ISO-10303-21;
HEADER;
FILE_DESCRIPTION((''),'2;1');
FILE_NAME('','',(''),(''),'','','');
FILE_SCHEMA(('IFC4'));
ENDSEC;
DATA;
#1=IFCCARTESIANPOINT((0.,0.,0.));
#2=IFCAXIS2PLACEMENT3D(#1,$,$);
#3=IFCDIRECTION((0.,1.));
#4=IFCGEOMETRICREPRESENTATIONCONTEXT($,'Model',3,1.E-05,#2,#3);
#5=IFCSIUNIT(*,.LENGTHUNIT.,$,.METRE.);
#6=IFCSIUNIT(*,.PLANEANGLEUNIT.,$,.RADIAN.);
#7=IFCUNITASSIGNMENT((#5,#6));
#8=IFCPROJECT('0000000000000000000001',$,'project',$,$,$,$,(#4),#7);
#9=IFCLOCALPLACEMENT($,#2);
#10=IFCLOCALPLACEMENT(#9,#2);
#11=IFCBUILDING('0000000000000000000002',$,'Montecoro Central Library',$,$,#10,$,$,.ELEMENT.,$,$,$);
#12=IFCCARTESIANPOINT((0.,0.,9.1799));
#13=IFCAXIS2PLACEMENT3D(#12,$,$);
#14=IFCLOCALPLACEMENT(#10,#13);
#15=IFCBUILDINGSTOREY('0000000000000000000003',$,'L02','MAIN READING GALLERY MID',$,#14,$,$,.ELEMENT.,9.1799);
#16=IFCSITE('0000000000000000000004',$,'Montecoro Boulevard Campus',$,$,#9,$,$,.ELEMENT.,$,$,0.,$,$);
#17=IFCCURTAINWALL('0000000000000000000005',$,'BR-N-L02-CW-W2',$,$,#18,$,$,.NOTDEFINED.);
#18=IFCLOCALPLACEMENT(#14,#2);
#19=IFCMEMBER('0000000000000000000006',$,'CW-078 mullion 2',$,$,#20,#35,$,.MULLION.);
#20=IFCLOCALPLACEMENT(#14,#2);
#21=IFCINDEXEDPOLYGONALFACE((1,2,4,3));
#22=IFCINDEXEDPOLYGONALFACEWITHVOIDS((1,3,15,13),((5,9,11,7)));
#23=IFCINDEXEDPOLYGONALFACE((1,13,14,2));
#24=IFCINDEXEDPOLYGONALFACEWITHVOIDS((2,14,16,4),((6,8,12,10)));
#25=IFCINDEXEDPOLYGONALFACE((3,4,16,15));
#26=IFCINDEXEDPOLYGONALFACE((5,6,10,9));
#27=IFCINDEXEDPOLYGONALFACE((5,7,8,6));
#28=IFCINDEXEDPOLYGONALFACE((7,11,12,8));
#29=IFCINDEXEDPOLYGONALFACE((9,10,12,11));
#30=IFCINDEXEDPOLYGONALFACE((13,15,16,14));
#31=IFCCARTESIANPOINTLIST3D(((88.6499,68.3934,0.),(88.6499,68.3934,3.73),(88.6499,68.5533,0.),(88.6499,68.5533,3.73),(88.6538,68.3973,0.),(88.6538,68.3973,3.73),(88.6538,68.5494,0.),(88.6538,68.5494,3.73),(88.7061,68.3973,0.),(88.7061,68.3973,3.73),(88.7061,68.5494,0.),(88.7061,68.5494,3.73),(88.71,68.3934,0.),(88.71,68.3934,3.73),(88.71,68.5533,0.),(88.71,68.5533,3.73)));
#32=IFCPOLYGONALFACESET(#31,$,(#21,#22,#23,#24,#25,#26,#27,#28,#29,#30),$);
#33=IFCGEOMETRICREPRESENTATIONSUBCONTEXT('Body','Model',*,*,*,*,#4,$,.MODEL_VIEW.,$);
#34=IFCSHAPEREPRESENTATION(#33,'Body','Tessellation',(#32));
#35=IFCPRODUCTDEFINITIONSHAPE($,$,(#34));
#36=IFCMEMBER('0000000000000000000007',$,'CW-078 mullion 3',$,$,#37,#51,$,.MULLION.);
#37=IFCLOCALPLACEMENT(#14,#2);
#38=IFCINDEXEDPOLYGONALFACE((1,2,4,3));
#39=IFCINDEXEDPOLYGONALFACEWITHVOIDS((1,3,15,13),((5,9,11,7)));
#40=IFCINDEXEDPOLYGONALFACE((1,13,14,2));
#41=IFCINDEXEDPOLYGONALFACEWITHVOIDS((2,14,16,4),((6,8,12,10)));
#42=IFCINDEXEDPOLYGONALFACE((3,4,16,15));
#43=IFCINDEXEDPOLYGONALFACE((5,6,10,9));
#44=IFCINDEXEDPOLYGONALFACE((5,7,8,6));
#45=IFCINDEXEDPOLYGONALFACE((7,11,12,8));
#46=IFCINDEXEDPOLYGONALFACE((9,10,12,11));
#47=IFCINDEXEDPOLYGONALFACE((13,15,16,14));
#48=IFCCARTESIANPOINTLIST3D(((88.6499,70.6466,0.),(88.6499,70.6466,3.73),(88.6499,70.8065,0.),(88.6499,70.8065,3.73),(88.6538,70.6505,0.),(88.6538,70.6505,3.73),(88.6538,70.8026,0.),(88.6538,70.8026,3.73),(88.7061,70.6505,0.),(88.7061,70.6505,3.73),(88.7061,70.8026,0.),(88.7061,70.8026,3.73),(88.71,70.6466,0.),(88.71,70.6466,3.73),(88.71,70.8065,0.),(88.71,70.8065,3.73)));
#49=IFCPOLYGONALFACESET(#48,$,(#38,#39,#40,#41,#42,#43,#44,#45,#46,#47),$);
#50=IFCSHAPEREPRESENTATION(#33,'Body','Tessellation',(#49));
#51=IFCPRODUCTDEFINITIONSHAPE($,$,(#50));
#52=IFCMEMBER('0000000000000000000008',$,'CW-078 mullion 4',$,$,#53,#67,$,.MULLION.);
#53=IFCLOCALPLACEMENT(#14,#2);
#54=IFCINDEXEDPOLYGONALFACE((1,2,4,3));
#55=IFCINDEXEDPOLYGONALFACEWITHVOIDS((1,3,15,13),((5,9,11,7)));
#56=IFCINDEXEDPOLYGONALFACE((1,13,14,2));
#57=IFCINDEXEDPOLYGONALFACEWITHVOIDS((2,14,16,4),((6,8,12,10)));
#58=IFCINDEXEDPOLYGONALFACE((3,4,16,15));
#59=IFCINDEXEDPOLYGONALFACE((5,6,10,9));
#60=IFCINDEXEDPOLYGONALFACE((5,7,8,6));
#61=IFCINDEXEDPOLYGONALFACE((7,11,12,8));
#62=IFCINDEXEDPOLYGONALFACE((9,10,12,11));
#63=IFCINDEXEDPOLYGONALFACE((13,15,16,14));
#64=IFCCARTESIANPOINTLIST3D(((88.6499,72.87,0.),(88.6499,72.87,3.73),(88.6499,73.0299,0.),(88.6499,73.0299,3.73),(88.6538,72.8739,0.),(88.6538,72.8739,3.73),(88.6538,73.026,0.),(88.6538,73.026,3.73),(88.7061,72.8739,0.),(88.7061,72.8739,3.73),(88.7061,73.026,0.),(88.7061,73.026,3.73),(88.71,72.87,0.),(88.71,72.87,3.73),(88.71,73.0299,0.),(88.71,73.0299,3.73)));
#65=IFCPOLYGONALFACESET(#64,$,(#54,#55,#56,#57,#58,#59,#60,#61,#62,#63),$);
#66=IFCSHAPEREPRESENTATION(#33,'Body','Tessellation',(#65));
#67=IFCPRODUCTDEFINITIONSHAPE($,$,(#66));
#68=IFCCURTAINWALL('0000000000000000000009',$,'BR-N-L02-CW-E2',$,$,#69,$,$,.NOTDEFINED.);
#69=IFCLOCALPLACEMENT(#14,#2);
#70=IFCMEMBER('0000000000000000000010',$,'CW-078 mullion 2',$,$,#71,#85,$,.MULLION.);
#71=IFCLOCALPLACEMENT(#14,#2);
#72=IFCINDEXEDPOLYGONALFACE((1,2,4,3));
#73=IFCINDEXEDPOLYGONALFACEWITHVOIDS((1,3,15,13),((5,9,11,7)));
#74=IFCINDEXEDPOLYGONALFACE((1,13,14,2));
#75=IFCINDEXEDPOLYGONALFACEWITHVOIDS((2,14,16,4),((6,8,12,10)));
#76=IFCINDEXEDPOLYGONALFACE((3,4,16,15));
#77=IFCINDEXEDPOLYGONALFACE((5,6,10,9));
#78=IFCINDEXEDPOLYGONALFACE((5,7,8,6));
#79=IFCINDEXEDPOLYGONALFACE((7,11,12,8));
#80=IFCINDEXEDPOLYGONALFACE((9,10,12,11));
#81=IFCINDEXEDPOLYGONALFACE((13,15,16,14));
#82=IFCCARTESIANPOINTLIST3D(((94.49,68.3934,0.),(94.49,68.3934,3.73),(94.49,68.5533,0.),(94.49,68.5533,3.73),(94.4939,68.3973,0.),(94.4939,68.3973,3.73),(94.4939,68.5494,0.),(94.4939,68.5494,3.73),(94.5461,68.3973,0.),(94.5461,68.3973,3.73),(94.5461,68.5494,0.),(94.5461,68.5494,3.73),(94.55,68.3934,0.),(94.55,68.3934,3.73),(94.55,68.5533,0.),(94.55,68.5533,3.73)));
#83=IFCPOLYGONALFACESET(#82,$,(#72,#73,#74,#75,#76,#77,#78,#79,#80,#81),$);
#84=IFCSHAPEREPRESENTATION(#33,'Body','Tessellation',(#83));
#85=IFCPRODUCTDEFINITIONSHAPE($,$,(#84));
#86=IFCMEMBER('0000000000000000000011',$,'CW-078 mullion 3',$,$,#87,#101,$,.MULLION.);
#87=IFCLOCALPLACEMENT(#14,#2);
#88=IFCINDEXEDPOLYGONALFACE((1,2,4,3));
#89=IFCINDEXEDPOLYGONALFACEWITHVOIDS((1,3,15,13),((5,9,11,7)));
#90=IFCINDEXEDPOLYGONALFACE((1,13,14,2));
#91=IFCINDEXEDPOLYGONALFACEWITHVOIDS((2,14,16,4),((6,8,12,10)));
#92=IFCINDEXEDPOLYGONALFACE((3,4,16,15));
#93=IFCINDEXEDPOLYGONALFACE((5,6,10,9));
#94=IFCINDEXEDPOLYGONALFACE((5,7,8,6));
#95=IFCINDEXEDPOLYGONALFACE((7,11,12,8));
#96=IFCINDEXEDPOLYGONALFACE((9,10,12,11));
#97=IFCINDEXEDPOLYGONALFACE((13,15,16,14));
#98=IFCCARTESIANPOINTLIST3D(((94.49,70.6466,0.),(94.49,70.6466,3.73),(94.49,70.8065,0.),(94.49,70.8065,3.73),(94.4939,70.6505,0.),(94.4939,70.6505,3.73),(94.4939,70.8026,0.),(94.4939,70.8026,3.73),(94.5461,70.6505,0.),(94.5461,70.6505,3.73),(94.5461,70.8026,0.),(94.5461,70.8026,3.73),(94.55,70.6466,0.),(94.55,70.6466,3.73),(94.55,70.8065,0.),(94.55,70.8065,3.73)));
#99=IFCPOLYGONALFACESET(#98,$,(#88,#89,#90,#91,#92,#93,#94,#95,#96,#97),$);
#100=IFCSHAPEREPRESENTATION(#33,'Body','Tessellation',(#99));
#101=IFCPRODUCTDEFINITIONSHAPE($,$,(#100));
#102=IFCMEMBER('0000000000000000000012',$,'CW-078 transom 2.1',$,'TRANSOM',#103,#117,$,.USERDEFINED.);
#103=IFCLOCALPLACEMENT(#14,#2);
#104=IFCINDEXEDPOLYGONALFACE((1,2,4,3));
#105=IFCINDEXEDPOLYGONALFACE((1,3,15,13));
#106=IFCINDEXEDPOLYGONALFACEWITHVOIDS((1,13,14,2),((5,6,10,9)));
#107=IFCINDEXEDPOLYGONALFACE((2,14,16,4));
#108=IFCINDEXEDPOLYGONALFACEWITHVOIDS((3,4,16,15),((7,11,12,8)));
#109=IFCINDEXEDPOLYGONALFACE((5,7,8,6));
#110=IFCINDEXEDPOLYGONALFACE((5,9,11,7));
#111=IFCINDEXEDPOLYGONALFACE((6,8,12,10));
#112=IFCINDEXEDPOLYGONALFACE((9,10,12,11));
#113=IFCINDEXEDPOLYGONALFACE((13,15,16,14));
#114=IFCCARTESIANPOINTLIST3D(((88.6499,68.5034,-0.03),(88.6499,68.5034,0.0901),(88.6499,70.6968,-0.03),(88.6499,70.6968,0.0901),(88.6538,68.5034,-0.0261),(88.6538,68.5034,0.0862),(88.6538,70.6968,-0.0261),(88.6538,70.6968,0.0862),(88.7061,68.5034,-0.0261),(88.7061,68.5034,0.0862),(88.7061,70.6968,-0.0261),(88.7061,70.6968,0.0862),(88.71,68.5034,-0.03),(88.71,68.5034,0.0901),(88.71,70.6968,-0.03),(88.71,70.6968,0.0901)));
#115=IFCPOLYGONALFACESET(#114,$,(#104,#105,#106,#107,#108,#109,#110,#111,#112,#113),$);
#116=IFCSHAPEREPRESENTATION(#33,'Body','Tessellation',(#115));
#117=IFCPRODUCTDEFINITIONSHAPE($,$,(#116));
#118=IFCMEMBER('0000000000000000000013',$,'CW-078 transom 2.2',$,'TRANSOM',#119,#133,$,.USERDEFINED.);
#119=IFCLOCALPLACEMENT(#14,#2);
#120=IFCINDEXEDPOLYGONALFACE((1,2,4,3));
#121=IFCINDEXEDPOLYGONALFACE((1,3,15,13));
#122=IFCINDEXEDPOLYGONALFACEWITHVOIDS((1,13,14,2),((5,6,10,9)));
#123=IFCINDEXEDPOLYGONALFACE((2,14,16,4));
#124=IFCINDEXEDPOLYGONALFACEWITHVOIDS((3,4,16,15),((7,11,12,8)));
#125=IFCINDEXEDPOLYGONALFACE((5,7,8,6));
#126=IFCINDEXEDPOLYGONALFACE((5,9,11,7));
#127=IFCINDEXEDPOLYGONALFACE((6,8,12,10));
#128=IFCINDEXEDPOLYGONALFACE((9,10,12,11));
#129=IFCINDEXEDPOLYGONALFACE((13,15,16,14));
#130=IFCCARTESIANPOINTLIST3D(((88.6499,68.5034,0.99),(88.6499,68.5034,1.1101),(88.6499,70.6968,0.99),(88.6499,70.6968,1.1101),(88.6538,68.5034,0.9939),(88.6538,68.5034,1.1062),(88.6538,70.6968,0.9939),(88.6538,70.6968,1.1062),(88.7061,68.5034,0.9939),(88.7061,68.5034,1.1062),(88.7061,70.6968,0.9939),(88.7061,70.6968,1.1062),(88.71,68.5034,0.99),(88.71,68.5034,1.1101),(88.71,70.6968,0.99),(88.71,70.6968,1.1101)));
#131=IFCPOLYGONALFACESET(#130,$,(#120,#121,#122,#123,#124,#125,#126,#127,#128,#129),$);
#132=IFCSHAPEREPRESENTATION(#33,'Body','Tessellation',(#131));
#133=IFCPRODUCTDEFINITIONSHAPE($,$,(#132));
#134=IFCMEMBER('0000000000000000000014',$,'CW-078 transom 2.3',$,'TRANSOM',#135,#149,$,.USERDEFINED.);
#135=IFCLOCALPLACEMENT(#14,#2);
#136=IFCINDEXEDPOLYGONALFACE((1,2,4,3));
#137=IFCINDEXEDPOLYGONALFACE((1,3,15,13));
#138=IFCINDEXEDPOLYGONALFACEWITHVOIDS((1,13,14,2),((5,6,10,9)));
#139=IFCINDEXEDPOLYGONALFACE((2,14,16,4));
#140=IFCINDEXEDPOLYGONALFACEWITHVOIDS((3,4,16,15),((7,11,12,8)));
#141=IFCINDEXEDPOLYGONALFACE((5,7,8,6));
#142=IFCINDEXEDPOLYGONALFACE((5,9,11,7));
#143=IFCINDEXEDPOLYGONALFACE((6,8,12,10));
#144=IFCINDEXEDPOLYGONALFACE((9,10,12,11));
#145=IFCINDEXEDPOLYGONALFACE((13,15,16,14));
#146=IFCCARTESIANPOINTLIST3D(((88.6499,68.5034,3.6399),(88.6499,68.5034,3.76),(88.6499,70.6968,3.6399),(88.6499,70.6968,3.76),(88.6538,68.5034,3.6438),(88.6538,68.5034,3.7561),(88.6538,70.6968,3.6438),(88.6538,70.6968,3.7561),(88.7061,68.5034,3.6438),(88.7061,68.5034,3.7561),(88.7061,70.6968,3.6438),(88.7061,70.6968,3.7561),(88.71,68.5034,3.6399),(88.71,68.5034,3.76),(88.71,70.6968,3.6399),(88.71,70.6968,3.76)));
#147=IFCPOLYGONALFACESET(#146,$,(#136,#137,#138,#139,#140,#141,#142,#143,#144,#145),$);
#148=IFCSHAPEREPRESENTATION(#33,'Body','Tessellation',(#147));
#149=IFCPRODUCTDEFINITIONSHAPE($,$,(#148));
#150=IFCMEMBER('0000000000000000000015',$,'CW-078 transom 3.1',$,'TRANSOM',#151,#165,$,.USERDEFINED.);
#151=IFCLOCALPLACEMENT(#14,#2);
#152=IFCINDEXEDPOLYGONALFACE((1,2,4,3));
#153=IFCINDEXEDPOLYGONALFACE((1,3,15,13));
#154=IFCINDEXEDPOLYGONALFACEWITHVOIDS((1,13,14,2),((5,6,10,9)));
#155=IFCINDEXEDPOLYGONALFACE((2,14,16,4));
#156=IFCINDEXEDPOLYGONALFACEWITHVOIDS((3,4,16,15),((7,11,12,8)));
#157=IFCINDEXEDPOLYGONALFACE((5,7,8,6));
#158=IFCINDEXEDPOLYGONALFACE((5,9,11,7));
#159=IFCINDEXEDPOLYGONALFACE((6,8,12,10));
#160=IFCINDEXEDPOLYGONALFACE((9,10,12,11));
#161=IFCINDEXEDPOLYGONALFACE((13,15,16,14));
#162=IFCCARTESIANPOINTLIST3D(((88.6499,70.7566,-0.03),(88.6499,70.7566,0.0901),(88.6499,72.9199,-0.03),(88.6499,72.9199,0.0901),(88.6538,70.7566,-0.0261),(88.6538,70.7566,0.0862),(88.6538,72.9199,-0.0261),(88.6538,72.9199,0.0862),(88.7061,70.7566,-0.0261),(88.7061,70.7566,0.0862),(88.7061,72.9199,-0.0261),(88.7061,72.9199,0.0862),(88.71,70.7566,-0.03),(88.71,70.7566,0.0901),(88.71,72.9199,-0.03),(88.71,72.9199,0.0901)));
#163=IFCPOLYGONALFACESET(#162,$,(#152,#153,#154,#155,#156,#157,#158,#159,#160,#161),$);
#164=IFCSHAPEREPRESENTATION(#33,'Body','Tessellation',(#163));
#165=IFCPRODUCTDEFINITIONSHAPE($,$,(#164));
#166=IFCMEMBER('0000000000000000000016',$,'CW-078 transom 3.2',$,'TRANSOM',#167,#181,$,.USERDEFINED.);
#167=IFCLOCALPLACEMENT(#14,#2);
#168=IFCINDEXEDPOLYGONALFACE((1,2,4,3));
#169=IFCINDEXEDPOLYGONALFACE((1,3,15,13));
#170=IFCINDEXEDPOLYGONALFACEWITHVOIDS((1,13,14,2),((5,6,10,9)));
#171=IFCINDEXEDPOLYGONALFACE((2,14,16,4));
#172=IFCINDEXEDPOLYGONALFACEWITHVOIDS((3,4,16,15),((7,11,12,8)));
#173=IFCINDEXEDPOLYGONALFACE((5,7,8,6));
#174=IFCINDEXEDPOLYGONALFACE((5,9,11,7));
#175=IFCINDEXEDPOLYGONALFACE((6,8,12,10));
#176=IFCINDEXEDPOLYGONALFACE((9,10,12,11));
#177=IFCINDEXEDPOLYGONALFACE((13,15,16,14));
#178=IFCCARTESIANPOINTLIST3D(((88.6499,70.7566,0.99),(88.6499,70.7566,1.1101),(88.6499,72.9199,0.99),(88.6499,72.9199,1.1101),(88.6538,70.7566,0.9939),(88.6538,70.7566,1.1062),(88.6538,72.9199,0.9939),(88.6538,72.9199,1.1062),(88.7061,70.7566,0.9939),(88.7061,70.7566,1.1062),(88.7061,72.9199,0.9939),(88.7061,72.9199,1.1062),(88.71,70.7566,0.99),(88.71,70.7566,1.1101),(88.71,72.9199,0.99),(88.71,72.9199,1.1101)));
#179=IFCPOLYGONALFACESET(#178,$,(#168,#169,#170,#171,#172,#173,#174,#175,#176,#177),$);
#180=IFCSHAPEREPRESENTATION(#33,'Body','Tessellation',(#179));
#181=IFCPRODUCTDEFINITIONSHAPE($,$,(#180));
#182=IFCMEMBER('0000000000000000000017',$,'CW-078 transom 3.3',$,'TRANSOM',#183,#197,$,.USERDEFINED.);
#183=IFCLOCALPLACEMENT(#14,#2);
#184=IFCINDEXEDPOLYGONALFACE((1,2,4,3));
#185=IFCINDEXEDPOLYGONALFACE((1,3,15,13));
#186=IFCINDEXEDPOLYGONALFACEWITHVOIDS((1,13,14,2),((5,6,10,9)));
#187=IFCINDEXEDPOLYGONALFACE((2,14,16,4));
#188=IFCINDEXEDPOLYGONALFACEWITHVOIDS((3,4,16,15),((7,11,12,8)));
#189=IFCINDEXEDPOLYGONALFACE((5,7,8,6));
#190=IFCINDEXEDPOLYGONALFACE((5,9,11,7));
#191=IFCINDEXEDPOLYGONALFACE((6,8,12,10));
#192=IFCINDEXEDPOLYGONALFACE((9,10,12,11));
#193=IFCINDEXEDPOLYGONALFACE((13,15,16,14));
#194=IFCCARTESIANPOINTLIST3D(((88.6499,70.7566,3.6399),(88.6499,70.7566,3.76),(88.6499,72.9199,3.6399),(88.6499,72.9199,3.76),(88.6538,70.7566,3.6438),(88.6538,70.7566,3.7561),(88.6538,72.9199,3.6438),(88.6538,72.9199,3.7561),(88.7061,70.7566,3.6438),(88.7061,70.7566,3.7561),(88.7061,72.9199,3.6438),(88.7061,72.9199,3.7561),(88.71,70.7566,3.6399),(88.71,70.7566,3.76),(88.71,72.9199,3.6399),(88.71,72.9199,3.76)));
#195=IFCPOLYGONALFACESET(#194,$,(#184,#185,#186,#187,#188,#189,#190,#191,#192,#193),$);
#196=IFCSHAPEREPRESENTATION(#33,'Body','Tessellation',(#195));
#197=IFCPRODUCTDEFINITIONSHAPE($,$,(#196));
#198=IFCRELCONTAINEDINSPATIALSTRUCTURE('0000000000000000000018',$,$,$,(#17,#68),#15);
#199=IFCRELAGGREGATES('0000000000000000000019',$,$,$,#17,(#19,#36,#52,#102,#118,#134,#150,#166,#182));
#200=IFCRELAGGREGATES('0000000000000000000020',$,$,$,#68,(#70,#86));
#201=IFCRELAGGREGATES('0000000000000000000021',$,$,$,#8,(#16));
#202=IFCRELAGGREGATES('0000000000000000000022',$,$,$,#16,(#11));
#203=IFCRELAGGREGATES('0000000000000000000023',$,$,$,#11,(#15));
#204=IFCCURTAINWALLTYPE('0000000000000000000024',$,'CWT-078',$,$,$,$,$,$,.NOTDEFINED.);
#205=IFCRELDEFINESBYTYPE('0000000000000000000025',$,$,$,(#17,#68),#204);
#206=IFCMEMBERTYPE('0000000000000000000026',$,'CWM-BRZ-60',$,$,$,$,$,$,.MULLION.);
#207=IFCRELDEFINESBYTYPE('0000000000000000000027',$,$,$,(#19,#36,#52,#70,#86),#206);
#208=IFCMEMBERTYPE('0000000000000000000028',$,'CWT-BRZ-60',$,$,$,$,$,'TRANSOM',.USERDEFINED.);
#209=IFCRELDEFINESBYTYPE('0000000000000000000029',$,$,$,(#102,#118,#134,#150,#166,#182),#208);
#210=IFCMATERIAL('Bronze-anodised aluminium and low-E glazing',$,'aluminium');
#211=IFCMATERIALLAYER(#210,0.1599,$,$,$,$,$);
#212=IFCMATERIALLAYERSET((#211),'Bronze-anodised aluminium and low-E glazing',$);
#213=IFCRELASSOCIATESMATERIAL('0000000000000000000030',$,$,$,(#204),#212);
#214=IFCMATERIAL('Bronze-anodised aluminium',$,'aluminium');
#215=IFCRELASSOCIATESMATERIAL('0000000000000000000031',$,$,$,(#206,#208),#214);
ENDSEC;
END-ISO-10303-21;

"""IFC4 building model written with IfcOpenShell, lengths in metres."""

from ifc_helpers import new_model, si_unit, direction, frame, origin, origin_2d, place, context, subcontext, project, spatial, hollow_rectangle, extrude, material, layer, layer_set, material_profile, profile_set, type_object, element, aggregate, save


model = new_model("IFC4")

# Units and contexts
model_context = context("Model", 3, precision=1e-05, world=origin(), true_north=direction((0.0, 1.0)))
body_context = subcontext(model_context, "Body", "Model", "MODEL_VIEW")
ifc_project = project(units=[si_unit("LENGTHUNIT", "METRE"), si_unit("PLANEANGLEUNIT", "RADIAN")], contexts=[model_context])

# Site, building, storey
site_placement = place(None, origin())
site = spatial("IfcSite", under=ifc_project, at=site_placement, Name="Montecoro Boulevard Campus", CompositionType="ELEMENT", RefElevation=0.0)
building_placement = place(site_placement, origin())
building = spatial("IfcBuilding", under=site, at=building_placement, Name="Montecoro Central Library", CompositionType="ELEMENT")
storey_placement = place(building_placement, frame((0.0, 0.0, 9.1799)))
storey = spatial("IfcBuildingStorey", under=building, at=storey_placement, Name="L02", Description="MAIN READING GALLERY MID", CompositionType="ELEMENT", Elevation=9.1799)

# Curtain walls, members
ifc_material_1 = material(Name="Bronze-anodised aluminium and low-E glazing", Category="aluminium")
ifc_layer_1 = layer(ifc_material_1, 0.1599)
ifc_layer_set_1 = layer_set([ifc_layer_1], Name="Bronze-anodised aluminium and low-E glazing")
curtain_wall_type = type_object("IfcCurtainWallType", Name="CWT-078", PredefinedType="NOTDEFINED", material=ifc_layer_set_1)
curtain_wall_1_placement = place(storey_placement, origin())
curtain_wall_1 = element("IfcCurtainWall", 1, at=curtain_wall_1_placement, inside=storey, type_object=curtain_wall_type, Name="BR-N-L02-CW-W2", PredefinedType="NOTDEFINED")
ifc_material_2 = material(Name="Bronze-anodised aluminium", Category="aluminium")
ifc_material_profile_1 = material_profile(ifc_material_2, hollow_rectangle(XDim=0.0601, YDim=0.1599, WallThickness=0.0039, at=origin_2d()), Name="CWM 160x60x4.0")
ifc_profile_set_1 = profile_set([ifc_material_profile_1], Name="Bronze-anodised aluminium")
member_type_1 = type_object("IfcMemberType", Name="CWM-BRZ-60", PredefinedType="MULLION", material=ifc_profile_set_1)
member_1_placement = place(storey_placement, frame((88.6799, 68.4734, 0.0), z_axis=(0.0, 0.0, 1.0), x_axis=(-1.0, 0.0, 0.0)))
member_1 = element("IfcMember", 2, at=member_1_placement, type_object=member_type_1, Name="CW-078 mullion 2", PredefinedType="MULLION", context=body_context, shape_type="SweptSolid", body=[
    extrude(hollow_rectangle(XDim=0.0601, YDim=0.1599, WallThickness=0.0039, at=origin_2d()), origin(), (0.0, 0.0, 1.0), 3.73),
])
member_2_placement = place(storey_placement, frame((88.6799, 70.7266, 0.0), z_axis=(0.0, 0.0, 1.0), x_axis=(-1.0, 0.0, 0.0)))
member_2 = element("IfcMember", 3, at=member_2_placement, type_object=member_type_1, Name="CW-078 mullion 3", PredefinedType="MULLION", context=body_context, shape_type="SweptSolid", body=[
    extrude(hollow_rectangle(XDim=0.0601, YDim=0.1599, WallThickness=0.0039, at=origin_2d()), origin(), (0.0, 0.0, 1.0), 3.73),
])
member_3_placement = place(storey_placement, frame((88.6799, 72.95, 0.0), z_axis=(0.0, 0.0, 1.0), x_axis=(-1.0, 0.0, 0.0)))
member_3 = element("IfcMember", 4, at=member_3_placement, type_object=member_type_1, Name="CW-078 mullion 4", PredefinedType="MULLION", context=body_context, shape_type="SweptSolid", body=[
    extrude(hollow_rectangle(XDim=0.0601, YDim=0.1599, WallThickness=0.0039, at=origin_2d()), origin(), (0.0, 0.0, 1.0), 3.73),
])
curtain_wall_2_placement = place(storey_placement, origin())
curtain_wall_2 = element("IfcCurtainWall", 5, at=curtain_wall_2_placement, inside=storey, type_object=curtain_wall_type, Name="BR-N-L02-CW-E2", PredefinedType="NOTDEFINED")
member_4_placement = place(storey_placement, frame((94.52, 68.4734, 0.0), z_axis=(0.0, 0.0, 1.0), x_axis=(-1.0, 0.0, 0.0)))
member_4 = element("IfcMember", 6, at=member_4_placement, type_object=member_type_1, Name="CW-078 mullion 2", PredefinedType="MULLION", context=body_context, shape_type="SweptSolid", body=[
    extrude(hollow_rectangle(XDim=0.0601, YDim=0.1599, WallThickness=0.0039, at=origin_2d()), origin(), (0.0, 0.0, 1.0), 3.73),
])
member_5_placement = place(storey_placement, frame((94.52, 70.7266, 0.0), z_axis=(0.0, 0.0, 1.0), x_axis=(-1.0, 0.0, 0.0)))
member_5 = element("IfcMember", 7, at=member_5_placement, type_object=member_type_1, Name="CW-078 mullion 3", PredefinedType="MULLION", context=body_context, shape_type="SweptSolid", body=[
    extrude(hollow_rectangle(XDim=0.0601, YDim=0.1599, WallThickness=0.0039, at=origin_2d()), origin(), (0.0, 0.0, 1.0), 3.73),
])

# Members
ifc_material_profile_2 = material_profile(ifc_material_2, hollow_rectangle(XDim=0.0601, YDim=0.1201, WallThickness=0.0039, at=origin_2d()), Name="CWT 120x60x4.0")
ifc_profile_set_2 = profile_set([ifc_material_profile_2], Name="Bronze-anodised aluminium")
member_type_2 = type_object("IfcMemberType", Name="CWT-BRZ-60", ElementType="TRANSOM", PredefinedType="USERDEFINED", material=ifc_profile_set_2)
member_6_placement = place(storey_placement, frame((88.6799, 68.5034, 0.03), z_axis=(0.0, 1.0, 0.0), x_axis=(-1.0, 0.0, 0.0)))
member_6 = element("IfcMember", 8, at=member_6_placement, type_object=member_type_2, Name="CW-078 transom 2.1", ObjectType="TRANSOM", PredefinedType="USERDEFINED", context=body_context, shape_type="SweptSolid", body=[
    extrude(hollow_rectangle(XDim=0.0601, YDim=0.1201, WallThickness=0.0039, at=origin_2d()), origin(), (0.0, 0.0, 1.0), 2.1934),
])
member_7_placement = place(storey_placement, frame((88.6799, 68.5034, 1.05), z_axis=(0.0, 1.0, 0.0), x_axis=(-1.0, 0.0, 0.0)))
member_7 = element("IfcMember", 9, at=member_7_placement, type_object=member_type_2, Name="CW-078 transom 2.2", ObjectType="TRANSOM", PredefinedType="USERDEFINED", context=body_context, shape_type="SweptSolid", body=[
    extrude(hollow_rectangle(XDim=0.0601, YDim=0.1201, WallThickness=0.0039, at=origin_2d()), origin(), (0.0, 0.0, 1.0), 2.1934),
])
member_8_placement = place(storey_placement, frame((88.6799, 68.5034, 3.7), z_axis=(0.0, 1.0, 0.0), x_axis=(-1.0, 0.0, 0.0)))
member_8 = element("IfcMember", 10, at=member_8_placement, type_object=member_type_2, Name="CW-078 transom 2.3", ObjectType="TRANSOM", PredefinedType="USERDEFINED", context=body_context, shape_type="SweptSolid", body=[
    extrude(hollow_rectangle(XDim=0.0601, YDim=0.1201, WallThickness=0.0039, at=origin_2d()), origin(), (0.0, 0.0, 1.0), 2.1934),
])
member_9_placement = place(storey_placement, frame((88.6799, 70.7566, 0.03), z_axis=(0.0, 1.0, 0.0), x_axis=(-1.0, 0.0, 0.0)))
member_9 = element("IfcMember", 11, at=member_9_placement, type_object=member_type_2, Name="CW-078 transom 3.1", ObjectType="TRANSOM", PredefinedType="USERDEFINED", context=body_context, shape_type="SweptSolid", body=[
    extrude(hollow_rectangle(XDim=0.0601, YDim=0.1201, WallThickness=0.0039, at=origin_2d()), origin(), (0.0, 0.0, 1.0), 2.1633),
])
member_10_placement = place(storey_placement, frame((88.6799, 70.7566, 1.05), z_axis=(0.0, 1.0, 0.0), x_axis=(-1.0, 0.0, 0.0)))
member_10 = element("IfcMember", 12, at=member_10_placement, type_object=member_type_2, Name="CW-078 transom 3.2", ObjectType="TRANSOM", PredefinedType="USERDEFINED", context=body_context, shape_type="SweptSolid", body=[
    extrude(hollow_rectangle(XDim=0.0601, YDim=0.1201, WallThickness=0.0039, at=origin_2d()), origin(), (0.0, 0.0, 1.0), 2.1633),
])
member_11_placement = place(storey_placement, frame((88.6799, 70.7566, 3.7), z_axis=(0.0, 1.0, 0.0), x_axis=(-1.0, 0.0, 0.0)))
member_11 = element("IfcMember", 13, at=member_11_placement, type_object=member_type_2, Name="CW-078 transom 3.3", ObjectType="TRANSOM", PredefinedType="USERDEFINED", context=body_context, shape_type="SweptSolid", body=[
    extrude(hollow_rectangle(XDim=0.0601, YDim=0.1201, WallThickness=0.0039, at=origin_2d()), origin(), (0.0, 0.0, 1.0), 2.1633),
])

aggregate(curtain_wall_1, [member_1, member_2, member_3, member_6, member_7, member_8, member_9, member_10, member_11])
aggregate(curtain_wall_2, [member_4, member_5])

save(model, "model.ifc")
